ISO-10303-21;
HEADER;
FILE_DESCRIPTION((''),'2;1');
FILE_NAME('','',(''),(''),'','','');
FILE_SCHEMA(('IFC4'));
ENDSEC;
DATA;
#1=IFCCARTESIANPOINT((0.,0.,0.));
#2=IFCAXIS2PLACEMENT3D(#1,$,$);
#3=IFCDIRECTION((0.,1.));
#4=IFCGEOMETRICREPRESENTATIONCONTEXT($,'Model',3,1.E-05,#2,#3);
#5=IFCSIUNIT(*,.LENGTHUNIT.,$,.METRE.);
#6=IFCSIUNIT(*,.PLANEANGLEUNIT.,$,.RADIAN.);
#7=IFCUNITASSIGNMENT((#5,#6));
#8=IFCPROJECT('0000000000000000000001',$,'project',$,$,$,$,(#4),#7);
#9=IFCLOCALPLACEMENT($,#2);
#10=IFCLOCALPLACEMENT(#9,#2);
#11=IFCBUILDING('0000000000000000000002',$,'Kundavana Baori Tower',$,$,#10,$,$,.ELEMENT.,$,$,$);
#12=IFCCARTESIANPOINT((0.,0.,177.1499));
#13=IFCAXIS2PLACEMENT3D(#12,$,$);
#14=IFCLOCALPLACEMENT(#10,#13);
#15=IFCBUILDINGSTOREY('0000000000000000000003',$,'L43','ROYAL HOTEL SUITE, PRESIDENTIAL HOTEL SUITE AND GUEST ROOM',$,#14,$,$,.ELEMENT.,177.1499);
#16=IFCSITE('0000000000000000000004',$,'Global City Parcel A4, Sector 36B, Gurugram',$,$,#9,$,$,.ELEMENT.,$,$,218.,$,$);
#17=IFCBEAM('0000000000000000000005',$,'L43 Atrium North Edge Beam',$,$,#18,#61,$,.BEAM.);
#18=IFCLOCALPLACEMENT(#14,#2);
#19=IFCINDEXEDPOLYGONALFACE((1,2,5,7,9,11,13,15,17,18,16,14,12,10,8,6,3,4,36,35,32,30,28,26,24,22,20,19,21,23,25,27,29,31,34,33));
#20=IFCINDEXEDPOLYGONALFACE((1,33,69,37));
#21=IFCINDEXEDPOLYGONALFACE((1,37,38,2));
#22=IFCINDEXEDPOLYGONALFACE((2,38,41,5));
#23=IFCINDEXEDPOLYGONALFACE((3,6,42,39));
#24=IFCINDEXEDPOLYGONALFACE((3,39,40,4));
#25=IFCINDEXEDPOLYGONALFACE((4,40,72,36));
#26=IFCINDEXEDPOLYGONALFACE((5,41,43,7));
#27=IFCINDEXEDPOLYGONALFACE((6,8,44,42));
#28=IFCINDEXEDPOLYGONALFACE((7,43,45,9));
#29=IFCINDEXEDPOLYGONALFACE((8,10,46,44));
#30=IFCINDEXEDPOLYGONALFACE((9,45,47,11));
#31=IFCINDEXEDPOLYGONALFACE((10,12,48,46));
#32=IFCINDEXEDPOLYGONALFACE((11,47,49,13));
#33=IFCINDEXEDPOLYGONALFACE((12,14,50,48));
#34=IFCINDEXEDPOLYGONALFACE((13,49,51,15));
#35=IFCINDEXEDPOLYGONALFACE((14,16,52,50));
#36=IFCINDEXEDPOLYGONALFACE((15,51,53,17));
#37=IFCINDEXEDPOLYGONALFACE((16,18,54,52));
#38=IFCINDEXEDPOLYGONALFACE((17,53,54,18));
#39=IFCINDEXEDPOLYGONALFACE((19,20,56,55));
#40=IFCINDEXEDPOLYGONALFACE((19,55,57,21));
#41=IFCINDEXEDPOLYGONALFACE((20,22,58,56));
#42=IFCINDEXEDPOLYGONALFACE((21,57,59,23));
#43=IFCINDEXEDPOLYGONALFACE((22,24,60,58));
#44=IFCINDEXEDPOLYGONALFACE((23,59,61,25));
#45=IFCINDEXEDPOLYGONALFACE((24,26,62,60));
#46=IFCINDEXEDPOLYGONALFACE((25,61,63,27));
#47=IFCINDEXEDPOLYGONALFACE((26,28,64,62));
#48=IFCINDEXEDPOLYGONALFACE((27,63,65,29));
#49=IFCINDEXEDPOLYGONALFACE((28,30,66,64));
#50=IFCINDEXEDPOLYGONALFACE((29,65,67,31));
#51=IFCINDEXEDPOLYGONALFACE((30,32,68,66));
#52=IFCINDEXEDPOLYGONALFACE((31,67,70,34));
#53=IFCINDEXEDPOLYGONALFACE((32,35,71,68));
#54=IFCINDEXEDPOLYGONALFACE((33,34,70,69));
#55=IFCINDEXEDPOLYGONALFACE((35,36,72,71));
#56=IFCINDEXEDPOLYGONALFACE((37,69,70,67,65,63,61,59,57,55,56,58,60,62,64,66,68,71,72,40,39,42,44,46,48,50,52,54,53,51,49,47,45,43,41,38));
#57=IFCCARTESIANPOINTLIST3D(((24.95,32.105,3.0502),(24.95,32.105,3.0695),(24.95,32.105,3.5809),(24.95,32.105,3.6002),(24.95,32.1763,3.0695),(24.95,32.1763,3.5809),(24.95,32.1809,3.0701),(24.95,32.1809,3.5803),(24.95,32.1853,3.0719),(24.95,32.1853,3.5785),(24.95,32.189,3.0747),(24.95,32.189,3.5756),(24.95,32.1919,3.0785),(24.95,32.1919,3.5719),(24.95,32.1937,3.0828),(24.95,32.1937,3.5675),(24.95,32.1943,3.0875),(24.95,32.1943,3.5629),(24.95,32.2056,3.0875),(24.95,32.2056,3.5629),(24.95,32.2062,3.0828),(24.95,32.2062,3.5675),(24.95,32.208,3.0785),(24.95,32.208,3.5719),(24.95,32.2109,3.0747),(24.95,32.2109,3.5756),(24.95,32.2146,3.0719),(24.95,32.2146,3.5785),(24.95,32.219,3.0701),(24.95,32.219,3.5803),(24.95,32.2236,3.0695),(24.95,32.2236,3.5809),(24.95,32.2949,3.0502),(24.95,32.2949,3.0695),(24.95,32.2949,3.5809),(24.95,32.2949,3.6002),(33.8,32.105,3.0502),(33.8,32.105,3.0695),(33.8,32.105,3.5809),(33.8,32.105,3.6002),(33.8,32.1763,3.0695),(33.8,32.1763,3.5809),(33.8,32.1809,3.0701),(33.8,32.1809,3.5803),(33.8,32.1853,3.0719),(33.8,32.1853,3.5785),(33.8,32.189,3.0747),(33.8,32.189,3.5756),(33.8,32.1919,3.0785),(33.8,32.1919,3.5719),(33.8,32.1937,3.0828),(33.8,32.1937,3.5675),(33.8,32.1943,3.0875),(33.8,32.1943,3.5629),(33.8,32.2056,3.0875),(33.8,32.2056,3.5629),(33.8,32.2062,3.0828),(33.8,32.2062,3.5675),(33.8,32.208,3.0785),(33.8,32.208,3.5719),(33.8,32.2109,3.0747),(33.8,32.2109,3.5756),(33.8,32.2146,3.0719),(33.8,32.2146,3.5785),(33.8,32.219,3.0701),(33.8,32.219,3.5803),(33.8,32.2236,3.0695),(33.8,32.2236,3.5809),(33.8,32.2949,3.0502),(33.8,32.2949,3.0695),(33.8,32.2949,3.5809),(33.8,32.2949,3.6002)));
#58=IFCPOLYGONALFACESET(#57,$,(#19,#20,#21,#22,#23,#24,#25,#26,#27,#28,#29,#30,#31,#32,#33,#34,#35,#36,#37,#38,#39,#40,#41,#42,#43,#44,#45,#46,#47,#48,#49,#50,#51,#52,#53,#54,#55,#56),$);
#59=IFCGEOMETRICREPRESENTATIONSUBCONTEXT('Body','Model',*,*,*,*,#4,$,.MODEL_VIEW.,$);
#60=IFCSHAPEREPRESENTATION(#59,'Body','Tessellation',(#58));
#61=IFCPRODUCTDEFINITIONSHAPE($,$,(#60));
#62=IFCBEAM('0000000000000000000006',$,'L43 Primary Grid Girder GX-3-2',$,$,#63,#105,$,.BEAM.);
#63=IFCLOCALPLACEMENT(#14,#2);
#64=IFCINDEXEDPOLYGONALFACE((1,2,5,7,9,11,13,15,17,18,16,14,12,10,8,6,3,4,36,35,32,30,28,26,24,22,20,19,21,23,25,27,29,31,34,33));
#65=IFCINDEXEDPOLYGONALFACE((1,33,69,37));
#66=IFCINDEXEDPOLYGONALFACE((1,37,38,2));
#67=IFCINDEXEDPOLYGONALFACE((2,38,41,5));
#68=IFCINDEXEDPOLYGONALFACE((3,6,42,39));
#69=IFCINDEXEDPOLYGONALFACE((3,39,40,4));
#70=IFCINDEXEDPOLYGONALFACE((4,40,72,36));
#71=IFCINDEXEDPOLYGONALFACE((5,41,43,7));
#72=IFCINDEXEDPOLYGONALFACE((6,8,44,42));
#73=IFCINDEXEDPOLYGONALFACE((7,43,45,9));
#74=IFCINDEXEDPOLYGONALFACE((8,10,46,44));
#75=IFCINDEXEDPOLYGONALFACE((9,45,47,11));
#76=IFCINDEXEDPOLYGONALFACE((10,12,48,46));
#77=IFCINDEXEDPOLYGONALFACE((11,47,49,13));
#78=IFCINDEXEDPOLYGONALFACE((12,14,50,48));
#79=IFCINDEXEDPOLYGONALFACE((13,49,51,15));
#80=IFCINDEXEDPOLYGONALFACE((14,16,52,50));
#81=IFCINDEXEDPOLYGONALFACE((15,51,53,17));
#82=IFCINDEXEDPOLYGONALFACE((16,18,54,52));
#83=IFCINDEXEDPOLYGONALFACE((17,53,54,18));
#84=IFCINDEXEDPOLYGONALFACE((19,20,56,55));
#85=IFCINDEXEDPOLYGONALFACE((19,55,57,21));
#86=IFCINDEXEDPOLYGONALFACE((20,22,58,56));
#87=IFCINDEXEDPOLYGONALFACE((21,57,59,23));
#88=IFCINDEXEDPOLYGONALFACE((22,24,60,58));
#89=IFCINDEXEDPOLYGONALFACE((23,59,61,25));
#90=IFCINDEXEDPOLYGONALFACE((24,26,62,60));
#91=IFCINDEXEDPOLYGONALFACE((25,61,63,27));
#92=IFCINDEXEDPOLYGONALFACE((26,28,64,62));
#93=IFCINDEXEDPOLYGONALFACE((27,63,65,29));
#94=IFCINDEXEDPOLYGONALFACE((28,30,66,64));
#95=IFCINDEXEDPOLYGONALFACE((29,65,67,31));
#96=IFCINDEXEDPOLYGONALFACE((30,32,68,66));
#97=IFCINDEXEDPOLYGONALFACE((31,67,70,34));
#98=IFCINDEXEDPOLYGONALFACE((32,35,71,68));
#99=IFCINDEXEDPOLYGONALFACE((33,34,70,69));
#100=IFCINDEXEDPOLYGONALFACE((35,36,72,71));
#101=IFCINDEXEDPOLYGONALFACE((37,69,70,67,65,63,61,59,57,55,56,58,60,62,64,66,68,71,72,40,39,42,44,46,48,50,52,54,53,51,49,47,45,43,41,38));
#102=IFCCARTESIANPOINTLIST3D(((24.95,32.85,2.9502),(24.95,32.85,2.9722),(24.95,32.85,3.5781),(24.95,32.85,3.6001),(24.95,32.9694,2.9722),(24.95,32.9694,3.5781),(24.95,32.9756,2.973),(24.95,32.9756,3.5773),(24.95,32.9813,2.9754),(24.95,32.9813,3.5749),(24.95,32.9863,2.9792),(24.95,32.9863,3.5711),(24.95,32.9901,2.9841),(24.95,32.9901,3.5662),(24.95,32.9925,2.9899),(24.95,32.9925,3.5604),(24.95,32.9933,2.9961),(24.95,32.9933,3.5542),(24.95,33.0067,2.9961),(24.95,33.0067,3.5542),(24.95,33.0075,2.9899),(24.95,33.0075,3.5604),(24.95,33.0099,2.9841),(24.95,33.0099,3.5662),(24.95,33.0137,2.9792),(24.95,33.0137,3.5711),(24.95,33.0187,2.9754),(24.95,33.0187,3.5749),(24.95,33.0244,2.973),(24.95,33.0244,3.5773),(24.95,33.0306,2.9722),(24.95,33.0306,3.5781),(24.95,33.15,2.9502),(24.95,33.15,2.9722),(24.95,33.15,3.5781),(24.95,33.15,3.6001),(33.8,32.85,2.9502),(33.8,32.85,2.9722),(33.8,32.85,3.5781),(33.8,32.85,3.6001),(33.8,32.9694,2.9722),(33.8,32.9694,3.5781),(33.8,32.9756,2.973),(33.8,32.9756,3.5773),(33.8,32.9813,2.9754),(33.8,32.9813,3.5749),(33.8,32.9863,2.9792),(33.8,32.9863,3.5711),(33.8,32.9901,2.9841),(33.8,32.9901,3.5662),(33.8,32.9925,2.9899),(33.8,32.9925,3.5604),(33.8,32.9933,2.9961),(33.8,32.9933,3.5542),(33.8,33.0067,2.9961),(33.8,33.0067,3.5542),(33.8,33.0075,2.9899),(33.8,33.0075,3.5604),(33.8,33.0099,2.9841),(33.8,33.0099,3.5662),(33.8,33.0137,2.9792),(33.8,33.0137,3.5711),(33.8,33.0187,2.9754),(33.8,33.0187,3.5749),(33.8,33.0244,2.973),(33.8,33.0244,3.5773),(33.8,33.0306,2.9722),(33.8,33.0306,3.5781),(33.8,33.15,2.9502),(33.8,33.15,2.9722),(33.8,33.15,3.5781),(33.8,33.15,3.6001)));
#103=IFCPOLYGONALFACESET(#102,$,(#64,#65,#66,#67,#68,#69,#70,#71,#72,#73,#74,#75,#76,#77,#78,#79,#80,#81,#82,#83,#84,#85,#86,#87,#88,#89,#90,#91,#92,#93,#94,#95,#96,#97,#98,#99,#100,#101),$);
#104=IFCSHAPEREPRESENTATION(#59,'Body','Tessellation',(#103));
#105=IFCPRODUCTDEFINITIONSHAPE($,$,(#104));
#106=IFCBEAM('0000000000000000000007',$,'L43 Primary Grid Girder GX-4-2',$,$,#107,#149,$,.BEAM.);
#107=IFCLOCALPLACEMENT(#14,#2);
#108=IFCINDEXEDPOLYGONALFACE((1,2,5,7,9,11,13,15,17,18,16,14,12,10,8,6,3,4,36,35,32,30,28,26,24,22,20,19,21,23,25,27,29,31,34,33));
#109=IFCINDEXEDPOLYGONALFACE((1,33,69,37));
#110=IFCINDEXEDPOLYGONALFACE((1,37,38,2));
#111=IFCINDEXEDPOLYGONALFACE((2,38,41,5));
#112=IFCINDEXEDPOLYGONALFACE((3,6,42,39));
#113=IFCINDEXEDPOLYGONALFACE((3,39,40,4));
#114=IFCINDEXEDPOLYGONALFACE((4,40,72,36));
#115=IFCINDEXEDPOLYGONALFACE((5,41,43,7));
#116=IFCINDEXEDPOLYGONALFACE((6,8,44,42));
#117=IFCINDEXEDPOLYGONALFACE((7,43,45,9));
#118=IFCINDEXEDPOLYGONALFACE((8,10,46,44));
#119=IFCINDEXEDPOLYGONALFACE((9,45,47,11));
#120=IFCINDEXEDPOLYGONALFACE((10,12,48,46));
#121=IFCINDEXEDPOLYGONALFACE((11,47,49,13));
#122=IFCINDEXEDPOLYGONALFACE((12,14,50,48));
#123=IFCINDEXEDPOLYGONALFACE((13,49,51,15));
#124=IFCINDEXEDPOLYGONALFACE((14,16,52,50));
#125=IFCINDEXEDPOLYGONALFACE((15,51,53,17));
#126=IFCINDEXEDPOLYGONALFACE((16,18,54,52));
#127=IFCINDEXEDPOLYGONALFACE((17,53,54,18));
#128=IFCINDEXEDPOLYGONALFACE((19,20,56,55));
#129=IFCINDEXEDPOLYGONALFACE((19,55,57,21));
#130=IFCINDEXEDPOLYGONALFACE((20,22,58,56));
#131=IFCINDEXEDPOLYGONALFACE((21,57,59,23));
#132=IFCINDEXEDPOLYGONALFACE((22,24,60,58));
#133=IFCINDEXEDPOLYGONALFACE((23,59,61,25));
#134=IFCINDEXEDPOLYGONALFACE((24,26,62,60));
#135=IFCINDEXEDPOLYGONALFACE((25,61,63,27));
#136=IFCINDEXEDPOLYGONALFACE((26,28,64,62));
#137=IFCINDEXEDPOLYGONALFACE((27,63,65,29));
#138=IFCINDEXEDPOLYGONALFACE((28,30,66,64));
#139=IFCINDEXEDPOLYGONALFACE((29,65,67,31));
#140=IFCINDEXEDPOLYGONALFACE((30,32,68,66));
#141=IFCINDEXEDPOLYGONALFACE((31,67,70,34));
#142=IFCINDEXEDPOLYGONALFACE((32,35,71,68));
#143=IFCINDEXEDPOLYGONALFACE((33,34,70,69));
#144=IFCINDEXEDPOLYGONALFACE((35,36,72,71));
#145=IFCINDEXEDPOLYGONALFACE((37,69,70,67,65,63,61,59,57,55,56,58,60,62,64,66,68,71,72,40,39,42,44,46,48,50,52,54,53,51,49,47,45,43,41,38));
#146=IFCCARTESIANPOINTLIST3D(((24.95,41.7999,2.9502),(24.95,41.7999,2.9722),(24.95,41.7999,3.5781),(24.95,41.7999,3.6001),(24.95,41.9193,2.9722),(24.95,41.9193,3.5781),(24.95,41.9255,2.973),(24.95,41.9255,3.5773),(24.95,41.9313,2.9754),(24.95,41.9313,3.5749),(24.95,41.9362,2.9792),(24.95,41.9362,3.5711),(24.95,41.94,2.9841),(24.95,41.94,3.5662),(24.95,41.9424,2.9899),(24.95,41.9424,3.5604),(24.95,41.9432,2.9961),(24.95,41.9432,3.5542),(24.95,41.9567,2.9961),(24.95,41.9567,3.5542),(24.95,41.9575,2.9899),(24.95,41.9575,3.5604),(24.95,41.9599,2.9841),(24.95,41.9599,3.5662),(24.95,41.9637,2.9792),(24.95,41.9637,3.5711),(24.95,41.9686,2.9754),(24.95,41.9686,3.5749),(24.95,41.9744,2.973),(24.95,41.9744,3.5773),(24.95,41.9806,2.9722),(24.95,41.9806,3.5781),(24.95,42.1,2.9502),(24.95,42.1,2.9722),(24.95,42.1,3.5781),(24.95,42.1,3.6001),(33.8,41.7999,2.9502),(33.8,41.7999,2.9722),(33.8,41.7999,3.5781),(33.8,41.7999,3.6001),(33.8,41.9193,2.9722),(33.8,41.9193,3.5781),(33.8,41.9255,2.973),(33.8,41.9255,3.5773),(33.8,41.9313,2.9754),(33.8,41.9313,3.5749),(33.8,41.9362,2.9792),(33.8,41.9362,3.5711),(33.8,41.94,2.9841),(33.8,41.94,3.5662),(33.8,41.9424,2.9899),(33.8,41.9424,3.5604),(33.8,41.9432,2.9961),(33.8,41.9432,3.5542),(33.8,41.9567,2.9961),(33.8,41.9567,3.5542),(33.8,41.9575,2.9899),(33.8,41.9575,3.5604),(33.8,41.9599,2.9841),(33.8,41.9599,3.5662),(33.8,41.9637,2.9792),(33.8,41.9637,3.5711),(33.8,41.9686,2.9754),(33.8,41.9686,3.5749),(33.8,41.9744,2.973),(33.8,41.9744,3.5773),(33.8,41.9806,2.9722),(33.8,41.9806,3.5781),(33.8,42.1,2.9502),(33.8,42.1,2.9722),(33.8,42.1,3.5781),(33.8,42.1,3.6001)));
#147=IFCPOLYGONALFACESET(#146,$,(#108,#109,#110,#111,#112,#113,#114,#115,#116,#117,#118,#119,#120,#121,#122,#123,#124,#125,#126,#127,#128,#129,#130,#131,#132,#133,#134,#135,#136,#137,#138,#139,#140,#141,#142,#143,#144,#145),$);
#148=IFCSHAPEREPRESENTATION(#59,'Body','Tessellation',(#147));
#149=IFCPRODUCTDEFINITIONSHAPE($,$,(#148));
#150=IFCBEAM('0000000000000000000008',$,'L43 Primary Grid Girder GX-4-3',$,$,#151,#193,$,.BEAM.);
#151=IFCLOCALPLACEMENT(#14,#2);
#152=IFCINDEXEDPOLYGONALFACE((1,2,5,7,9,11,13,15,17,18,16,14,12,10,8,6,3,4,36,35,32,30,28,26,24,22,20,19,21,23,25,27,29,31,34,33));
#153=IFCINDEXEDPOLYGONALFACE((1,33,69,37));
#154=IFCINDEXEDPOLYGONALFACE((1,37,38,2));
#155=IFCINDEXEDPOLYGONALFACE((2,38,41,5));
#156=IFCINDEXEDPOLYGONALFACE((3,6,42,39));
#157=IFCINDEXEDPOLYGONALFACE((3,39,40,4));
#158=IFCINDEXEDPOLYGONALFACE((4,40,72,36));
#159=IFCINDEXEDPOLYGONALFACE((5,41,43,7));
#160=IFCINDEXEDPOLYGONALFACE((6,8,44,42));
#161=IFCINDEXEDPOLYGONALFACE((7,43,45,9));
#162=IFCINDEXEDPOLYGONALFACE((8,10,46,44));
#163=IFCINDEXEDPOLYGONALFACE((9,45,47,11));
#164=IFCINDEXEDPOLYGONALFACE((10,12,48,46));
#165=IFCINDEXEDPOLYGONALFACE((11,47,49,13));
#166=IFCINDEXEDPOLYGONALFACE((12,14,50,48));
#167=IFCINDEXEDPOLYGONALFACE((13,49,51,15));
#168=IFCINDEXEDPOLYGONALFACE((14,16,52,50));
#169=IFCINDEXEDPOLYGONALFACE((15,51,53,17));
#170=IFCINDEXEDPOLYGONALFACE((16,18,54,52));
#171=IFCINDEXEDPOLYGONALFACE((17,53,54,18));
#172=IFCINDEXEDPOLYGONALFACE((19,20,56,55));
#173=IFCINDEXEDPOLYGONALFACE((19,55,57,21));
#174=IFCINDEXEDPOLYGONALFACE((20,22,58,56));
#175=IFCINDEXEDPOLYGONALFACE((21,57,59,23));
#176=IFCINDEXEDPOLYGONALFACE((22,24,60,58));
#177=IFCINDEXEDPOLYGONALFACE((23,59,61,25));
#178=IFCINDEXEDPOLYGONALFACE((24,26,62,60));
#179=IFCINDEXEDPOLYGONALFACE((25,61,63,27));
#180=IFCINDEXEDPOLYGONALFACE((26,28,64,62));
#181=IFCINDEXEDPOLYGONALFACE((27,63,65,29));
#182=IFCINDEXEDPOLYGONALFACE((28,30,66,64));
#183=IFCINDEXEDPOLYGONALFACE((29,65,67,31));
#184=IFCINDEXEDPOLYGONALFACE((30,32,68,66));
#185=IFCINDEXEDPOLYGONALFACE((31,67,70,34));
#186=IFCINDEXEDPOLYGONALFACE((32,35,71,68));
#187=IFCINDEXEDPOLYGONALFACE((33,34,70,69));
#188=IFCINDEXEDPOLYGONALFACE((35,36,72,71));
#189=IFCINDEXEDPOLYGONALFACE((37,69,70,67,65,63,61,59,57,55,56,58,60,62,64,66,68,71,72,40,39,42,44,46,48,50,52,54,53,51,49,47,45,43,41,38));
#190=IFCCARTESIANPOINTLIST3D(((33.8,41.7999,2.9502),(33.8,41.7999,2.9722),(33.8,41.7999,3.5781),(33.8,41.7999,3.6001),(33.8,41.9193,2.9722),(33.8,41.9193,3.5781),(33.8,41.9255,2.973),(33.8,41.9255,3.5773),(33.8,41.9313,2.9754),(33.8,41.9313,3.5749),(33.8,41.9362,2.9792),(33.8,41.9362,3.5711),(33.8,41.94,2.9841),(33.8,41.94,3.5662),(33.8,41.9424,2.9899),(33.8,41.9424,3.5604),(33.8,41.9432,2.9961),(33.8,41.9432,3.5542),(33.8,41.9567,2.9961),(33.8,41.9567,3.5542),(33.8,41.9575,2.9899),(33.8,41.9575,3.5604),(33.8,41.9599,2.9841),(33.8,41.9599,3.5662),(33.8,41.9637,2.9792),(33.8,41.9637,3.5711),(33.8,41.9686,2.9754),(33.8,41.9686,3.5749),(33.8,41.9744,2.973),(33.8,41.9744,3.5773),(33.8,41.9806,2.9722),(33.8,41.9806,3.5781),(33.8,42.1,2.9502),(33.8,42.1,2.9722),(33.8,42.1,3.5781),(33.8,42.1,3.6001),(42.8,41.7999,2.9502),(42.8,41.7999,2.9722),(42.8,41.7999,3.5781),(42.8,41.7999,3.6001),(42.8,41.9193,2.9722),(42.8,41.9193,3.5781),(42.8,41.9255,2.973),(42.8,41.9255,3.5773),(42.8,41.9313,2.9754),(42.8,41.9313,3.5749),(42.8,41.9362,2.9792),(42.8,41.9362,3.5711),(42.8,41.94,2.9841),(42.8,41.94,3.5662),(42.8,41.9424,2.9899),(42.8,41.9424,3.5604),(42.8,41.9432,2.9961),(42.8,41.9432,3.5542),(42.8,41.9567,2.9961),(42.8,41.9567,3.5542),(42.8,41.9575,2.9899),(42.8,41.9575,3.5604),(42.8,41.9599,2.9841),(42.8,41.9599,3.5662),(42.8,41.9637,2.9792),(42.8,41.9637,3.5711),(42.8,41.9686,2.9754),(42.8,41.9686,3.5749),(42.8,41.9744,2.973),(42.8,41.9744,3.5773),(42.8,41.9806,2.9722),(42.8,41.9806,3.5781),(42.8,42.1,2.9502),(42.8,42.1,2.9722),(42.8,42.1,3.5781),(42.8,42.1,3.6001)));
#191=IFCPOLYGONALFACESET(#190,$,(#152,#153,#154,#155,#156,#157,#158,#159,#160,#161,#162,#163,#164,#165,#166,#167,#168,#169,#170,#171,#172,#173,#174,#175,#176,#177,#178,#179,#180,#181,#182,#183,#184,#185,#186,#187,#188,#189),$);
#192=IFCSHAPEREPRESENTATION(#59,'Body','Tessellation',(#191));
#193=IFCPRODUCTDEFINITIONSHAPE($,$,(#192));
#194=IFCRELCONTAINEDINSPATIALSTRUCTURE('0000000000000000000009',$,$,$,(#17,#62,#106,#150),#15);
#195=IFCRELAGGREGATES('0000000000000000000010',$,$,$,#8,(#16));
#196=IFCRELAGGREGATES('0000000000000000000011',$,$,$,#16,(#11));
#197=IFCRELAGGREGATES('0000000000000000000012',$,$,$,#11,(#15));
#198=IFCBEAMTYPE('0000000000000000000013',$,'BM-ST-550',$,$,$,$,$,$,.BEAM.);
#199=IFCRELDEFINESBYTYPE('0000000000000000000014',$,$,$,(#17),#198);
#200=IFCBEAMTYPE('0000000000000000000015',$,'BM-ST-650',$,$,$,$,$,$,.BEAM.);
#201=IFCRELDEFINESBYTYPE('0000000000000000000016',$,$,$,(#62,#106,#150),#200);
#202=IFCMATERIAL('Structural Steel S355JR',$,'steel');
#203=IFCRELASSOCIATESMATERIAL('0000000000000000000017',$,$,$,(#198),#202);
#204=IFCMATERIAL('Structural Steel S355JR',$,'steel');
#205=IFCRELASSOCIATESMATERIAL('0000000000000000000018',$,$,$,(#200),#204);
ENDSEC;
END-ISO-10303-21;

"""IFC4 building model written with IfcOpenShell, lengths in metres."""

from ifc_helpers import new_model, si_unit, direction, frame, origin, origin_2d, place, context, subcontext, project, spatial, i_section, extrude, material, material_profile, profile_set, type_object, element, save


model = new_model("IFC4")

# Units and contexts
model_context = context("Model", 3, precision=1e-05, world=origin(), true_north=direction((0.0, 1.0)))
body_context = subcontext(model_context, "Body", "Model", "MODEL_VIEW")
ifc_project = project(units=[si_unit("LENGTHUNIT", "METRE"), si_unit("PLANEANGLEUNIT", "RADIAN")], contexts=[model_context])

# Site, building, storey
site_placement = place(None, origin())
site = spatial("IfcSite", under=ifc_project, at=site_placement, Name="Global City Parcel A4, Sector 36B, Gurugram", CompositionType="ELEMENT", RefElevation=218.0)
building_placement = place(site_placement, origin())
building = spatial("IfcBuilding", under=site, at=building_placement, Name="Kundavana Baori Tower", CompositionType="ELEMENT")
storey_placement = place(building_placement, frame((0.0, 0.0, 177.1499)))
storey = spatial("IfcBuildingStorey", under=building, at=storey_placement, Name="L43", Description="ROYAL HOTEL SUITE, PRESIDENTIAL HOTEL SUITE AND GUEST ROOM", CompositionType="ELEMENT", Elevation=177.1499)

# Beams
ifc_material_1 = material(Name="Structural Steel S355JR", Category="steel")
ifc_material_profile_1 = material_profile(ifc_material_1, i_section(OverallWidth=0.1899, OverallDepth=0.55, WebThickness=0.0112, FlangeThickness=0.0193, FilletRadius=0.0181, at=origin_2d()), Name="ISMB 550")
ifc_profile_set_1 = profile_set([ifc_material_profile_1], Name="Structural Steel S355JR")
beam_type_1 = type_object("IfcBeamType", Name="BM-ST-550", PredefinedType="BEAM", material=ifc_profile_set_1)
beam_1_placement = place(storey_placement, frame((24.95, 32.2, 3.3252), z_axis=(1.0, 0.0, 0.0), x_axis=(0.0, 1.0, 0.0)))
element("IfcBeam", 1, at=beam_1_placement, inside=storey, type_object=beam_type_1, Name="L43 Atrium North Edge Beam", PredefinedType="BEAM", context=body_context, shape_type="SweptSolid", body=[
    extrude(i_section(OverallWidth=0.1899, OverallDepth=0.55, WebThickness=0.0112, FlangeThickness=0.0193, FilletRadius=0.0181, at=origin_2d()), origin(), (0.0, 0.0, 1.0), 8.8501),
])
ifc_material_2 = material(Name="Structural Steel S355JR", Category="steel")
ifc_material_profile_2 = material_profile(ifc_material_2, i_section(OverallWidth=0.3, OverallDepth=0.6499, WebThickness=0.0134, FlangeThickness=0.022, FilletRadius=0.0239, at=origin_2d()), Name="NPB 650x300x155")
ifc_profile_set_2 = profile_set([ifc_material_profile_2], Name="Structural Steel S355JR")
beam_type_2 = type_object("IfcBeamType", Name="BM-ST-650", PredefinedType="BEAM", material=ifc_profile_set_2)
for number, where, z_axis, x_axis, name in (
    (2, (24.95, 33.0, 3.2751), (1.0, 0.0, 0.0), (0.0, 1.0, 0.0), "L43 Primary Grid Girder GX-3-2"),
    (3, (24.95, 41.95, 3.2751), (1.0, 0.0, 0.0), (0.0, 1.0, 0.0), "L43 Primary Grid Girder GX-4-2"),
):
    element("IfcBeam", number, at=place(storey_placement, frame(where, z_axis=z_axis, x_axis=x_axis)), inside=storey, type_object=beam_type_2, Name=name, PredefinedType="BEAM", context=body_context, shape_type="SweptSolid", body=[
        extrude(i_section(OverallWidth=0.3, OverallDepth=0.6499, WebThickness=0.0134, FlangeThickness=0.022, FilletRadius=0.0239, at=origin_2d()), origin(), (0.0, 0.0, 1.0), 8.8501),
    ])
beam_2_placement = place(storey_placement, frame((33.8, 41.95, 3.2751), z_axis=(1.0, 0.0, 0.0), x_axis=(0.0, 1.0, 0.0)))
element("IfcBeam", 4, at=beam_2_placement, inside=storey, type_object=beam_type_2, Name="L43 Primary Grid Girder GX-4-3", PredefinedType="BEAM", context=body_context, shape_type="SweptSolid", body=[
    extrude(i_section(OverallWidth=0.3, OverallDepth=0.6499, WebThickness=0.0134, FlangeThickness=0.022, FilletRadius=0.0239, at=origin_2d()), origin(), (0.0, 0.0, 1.0), 9.0),
])

save(model, "model.ifc")
